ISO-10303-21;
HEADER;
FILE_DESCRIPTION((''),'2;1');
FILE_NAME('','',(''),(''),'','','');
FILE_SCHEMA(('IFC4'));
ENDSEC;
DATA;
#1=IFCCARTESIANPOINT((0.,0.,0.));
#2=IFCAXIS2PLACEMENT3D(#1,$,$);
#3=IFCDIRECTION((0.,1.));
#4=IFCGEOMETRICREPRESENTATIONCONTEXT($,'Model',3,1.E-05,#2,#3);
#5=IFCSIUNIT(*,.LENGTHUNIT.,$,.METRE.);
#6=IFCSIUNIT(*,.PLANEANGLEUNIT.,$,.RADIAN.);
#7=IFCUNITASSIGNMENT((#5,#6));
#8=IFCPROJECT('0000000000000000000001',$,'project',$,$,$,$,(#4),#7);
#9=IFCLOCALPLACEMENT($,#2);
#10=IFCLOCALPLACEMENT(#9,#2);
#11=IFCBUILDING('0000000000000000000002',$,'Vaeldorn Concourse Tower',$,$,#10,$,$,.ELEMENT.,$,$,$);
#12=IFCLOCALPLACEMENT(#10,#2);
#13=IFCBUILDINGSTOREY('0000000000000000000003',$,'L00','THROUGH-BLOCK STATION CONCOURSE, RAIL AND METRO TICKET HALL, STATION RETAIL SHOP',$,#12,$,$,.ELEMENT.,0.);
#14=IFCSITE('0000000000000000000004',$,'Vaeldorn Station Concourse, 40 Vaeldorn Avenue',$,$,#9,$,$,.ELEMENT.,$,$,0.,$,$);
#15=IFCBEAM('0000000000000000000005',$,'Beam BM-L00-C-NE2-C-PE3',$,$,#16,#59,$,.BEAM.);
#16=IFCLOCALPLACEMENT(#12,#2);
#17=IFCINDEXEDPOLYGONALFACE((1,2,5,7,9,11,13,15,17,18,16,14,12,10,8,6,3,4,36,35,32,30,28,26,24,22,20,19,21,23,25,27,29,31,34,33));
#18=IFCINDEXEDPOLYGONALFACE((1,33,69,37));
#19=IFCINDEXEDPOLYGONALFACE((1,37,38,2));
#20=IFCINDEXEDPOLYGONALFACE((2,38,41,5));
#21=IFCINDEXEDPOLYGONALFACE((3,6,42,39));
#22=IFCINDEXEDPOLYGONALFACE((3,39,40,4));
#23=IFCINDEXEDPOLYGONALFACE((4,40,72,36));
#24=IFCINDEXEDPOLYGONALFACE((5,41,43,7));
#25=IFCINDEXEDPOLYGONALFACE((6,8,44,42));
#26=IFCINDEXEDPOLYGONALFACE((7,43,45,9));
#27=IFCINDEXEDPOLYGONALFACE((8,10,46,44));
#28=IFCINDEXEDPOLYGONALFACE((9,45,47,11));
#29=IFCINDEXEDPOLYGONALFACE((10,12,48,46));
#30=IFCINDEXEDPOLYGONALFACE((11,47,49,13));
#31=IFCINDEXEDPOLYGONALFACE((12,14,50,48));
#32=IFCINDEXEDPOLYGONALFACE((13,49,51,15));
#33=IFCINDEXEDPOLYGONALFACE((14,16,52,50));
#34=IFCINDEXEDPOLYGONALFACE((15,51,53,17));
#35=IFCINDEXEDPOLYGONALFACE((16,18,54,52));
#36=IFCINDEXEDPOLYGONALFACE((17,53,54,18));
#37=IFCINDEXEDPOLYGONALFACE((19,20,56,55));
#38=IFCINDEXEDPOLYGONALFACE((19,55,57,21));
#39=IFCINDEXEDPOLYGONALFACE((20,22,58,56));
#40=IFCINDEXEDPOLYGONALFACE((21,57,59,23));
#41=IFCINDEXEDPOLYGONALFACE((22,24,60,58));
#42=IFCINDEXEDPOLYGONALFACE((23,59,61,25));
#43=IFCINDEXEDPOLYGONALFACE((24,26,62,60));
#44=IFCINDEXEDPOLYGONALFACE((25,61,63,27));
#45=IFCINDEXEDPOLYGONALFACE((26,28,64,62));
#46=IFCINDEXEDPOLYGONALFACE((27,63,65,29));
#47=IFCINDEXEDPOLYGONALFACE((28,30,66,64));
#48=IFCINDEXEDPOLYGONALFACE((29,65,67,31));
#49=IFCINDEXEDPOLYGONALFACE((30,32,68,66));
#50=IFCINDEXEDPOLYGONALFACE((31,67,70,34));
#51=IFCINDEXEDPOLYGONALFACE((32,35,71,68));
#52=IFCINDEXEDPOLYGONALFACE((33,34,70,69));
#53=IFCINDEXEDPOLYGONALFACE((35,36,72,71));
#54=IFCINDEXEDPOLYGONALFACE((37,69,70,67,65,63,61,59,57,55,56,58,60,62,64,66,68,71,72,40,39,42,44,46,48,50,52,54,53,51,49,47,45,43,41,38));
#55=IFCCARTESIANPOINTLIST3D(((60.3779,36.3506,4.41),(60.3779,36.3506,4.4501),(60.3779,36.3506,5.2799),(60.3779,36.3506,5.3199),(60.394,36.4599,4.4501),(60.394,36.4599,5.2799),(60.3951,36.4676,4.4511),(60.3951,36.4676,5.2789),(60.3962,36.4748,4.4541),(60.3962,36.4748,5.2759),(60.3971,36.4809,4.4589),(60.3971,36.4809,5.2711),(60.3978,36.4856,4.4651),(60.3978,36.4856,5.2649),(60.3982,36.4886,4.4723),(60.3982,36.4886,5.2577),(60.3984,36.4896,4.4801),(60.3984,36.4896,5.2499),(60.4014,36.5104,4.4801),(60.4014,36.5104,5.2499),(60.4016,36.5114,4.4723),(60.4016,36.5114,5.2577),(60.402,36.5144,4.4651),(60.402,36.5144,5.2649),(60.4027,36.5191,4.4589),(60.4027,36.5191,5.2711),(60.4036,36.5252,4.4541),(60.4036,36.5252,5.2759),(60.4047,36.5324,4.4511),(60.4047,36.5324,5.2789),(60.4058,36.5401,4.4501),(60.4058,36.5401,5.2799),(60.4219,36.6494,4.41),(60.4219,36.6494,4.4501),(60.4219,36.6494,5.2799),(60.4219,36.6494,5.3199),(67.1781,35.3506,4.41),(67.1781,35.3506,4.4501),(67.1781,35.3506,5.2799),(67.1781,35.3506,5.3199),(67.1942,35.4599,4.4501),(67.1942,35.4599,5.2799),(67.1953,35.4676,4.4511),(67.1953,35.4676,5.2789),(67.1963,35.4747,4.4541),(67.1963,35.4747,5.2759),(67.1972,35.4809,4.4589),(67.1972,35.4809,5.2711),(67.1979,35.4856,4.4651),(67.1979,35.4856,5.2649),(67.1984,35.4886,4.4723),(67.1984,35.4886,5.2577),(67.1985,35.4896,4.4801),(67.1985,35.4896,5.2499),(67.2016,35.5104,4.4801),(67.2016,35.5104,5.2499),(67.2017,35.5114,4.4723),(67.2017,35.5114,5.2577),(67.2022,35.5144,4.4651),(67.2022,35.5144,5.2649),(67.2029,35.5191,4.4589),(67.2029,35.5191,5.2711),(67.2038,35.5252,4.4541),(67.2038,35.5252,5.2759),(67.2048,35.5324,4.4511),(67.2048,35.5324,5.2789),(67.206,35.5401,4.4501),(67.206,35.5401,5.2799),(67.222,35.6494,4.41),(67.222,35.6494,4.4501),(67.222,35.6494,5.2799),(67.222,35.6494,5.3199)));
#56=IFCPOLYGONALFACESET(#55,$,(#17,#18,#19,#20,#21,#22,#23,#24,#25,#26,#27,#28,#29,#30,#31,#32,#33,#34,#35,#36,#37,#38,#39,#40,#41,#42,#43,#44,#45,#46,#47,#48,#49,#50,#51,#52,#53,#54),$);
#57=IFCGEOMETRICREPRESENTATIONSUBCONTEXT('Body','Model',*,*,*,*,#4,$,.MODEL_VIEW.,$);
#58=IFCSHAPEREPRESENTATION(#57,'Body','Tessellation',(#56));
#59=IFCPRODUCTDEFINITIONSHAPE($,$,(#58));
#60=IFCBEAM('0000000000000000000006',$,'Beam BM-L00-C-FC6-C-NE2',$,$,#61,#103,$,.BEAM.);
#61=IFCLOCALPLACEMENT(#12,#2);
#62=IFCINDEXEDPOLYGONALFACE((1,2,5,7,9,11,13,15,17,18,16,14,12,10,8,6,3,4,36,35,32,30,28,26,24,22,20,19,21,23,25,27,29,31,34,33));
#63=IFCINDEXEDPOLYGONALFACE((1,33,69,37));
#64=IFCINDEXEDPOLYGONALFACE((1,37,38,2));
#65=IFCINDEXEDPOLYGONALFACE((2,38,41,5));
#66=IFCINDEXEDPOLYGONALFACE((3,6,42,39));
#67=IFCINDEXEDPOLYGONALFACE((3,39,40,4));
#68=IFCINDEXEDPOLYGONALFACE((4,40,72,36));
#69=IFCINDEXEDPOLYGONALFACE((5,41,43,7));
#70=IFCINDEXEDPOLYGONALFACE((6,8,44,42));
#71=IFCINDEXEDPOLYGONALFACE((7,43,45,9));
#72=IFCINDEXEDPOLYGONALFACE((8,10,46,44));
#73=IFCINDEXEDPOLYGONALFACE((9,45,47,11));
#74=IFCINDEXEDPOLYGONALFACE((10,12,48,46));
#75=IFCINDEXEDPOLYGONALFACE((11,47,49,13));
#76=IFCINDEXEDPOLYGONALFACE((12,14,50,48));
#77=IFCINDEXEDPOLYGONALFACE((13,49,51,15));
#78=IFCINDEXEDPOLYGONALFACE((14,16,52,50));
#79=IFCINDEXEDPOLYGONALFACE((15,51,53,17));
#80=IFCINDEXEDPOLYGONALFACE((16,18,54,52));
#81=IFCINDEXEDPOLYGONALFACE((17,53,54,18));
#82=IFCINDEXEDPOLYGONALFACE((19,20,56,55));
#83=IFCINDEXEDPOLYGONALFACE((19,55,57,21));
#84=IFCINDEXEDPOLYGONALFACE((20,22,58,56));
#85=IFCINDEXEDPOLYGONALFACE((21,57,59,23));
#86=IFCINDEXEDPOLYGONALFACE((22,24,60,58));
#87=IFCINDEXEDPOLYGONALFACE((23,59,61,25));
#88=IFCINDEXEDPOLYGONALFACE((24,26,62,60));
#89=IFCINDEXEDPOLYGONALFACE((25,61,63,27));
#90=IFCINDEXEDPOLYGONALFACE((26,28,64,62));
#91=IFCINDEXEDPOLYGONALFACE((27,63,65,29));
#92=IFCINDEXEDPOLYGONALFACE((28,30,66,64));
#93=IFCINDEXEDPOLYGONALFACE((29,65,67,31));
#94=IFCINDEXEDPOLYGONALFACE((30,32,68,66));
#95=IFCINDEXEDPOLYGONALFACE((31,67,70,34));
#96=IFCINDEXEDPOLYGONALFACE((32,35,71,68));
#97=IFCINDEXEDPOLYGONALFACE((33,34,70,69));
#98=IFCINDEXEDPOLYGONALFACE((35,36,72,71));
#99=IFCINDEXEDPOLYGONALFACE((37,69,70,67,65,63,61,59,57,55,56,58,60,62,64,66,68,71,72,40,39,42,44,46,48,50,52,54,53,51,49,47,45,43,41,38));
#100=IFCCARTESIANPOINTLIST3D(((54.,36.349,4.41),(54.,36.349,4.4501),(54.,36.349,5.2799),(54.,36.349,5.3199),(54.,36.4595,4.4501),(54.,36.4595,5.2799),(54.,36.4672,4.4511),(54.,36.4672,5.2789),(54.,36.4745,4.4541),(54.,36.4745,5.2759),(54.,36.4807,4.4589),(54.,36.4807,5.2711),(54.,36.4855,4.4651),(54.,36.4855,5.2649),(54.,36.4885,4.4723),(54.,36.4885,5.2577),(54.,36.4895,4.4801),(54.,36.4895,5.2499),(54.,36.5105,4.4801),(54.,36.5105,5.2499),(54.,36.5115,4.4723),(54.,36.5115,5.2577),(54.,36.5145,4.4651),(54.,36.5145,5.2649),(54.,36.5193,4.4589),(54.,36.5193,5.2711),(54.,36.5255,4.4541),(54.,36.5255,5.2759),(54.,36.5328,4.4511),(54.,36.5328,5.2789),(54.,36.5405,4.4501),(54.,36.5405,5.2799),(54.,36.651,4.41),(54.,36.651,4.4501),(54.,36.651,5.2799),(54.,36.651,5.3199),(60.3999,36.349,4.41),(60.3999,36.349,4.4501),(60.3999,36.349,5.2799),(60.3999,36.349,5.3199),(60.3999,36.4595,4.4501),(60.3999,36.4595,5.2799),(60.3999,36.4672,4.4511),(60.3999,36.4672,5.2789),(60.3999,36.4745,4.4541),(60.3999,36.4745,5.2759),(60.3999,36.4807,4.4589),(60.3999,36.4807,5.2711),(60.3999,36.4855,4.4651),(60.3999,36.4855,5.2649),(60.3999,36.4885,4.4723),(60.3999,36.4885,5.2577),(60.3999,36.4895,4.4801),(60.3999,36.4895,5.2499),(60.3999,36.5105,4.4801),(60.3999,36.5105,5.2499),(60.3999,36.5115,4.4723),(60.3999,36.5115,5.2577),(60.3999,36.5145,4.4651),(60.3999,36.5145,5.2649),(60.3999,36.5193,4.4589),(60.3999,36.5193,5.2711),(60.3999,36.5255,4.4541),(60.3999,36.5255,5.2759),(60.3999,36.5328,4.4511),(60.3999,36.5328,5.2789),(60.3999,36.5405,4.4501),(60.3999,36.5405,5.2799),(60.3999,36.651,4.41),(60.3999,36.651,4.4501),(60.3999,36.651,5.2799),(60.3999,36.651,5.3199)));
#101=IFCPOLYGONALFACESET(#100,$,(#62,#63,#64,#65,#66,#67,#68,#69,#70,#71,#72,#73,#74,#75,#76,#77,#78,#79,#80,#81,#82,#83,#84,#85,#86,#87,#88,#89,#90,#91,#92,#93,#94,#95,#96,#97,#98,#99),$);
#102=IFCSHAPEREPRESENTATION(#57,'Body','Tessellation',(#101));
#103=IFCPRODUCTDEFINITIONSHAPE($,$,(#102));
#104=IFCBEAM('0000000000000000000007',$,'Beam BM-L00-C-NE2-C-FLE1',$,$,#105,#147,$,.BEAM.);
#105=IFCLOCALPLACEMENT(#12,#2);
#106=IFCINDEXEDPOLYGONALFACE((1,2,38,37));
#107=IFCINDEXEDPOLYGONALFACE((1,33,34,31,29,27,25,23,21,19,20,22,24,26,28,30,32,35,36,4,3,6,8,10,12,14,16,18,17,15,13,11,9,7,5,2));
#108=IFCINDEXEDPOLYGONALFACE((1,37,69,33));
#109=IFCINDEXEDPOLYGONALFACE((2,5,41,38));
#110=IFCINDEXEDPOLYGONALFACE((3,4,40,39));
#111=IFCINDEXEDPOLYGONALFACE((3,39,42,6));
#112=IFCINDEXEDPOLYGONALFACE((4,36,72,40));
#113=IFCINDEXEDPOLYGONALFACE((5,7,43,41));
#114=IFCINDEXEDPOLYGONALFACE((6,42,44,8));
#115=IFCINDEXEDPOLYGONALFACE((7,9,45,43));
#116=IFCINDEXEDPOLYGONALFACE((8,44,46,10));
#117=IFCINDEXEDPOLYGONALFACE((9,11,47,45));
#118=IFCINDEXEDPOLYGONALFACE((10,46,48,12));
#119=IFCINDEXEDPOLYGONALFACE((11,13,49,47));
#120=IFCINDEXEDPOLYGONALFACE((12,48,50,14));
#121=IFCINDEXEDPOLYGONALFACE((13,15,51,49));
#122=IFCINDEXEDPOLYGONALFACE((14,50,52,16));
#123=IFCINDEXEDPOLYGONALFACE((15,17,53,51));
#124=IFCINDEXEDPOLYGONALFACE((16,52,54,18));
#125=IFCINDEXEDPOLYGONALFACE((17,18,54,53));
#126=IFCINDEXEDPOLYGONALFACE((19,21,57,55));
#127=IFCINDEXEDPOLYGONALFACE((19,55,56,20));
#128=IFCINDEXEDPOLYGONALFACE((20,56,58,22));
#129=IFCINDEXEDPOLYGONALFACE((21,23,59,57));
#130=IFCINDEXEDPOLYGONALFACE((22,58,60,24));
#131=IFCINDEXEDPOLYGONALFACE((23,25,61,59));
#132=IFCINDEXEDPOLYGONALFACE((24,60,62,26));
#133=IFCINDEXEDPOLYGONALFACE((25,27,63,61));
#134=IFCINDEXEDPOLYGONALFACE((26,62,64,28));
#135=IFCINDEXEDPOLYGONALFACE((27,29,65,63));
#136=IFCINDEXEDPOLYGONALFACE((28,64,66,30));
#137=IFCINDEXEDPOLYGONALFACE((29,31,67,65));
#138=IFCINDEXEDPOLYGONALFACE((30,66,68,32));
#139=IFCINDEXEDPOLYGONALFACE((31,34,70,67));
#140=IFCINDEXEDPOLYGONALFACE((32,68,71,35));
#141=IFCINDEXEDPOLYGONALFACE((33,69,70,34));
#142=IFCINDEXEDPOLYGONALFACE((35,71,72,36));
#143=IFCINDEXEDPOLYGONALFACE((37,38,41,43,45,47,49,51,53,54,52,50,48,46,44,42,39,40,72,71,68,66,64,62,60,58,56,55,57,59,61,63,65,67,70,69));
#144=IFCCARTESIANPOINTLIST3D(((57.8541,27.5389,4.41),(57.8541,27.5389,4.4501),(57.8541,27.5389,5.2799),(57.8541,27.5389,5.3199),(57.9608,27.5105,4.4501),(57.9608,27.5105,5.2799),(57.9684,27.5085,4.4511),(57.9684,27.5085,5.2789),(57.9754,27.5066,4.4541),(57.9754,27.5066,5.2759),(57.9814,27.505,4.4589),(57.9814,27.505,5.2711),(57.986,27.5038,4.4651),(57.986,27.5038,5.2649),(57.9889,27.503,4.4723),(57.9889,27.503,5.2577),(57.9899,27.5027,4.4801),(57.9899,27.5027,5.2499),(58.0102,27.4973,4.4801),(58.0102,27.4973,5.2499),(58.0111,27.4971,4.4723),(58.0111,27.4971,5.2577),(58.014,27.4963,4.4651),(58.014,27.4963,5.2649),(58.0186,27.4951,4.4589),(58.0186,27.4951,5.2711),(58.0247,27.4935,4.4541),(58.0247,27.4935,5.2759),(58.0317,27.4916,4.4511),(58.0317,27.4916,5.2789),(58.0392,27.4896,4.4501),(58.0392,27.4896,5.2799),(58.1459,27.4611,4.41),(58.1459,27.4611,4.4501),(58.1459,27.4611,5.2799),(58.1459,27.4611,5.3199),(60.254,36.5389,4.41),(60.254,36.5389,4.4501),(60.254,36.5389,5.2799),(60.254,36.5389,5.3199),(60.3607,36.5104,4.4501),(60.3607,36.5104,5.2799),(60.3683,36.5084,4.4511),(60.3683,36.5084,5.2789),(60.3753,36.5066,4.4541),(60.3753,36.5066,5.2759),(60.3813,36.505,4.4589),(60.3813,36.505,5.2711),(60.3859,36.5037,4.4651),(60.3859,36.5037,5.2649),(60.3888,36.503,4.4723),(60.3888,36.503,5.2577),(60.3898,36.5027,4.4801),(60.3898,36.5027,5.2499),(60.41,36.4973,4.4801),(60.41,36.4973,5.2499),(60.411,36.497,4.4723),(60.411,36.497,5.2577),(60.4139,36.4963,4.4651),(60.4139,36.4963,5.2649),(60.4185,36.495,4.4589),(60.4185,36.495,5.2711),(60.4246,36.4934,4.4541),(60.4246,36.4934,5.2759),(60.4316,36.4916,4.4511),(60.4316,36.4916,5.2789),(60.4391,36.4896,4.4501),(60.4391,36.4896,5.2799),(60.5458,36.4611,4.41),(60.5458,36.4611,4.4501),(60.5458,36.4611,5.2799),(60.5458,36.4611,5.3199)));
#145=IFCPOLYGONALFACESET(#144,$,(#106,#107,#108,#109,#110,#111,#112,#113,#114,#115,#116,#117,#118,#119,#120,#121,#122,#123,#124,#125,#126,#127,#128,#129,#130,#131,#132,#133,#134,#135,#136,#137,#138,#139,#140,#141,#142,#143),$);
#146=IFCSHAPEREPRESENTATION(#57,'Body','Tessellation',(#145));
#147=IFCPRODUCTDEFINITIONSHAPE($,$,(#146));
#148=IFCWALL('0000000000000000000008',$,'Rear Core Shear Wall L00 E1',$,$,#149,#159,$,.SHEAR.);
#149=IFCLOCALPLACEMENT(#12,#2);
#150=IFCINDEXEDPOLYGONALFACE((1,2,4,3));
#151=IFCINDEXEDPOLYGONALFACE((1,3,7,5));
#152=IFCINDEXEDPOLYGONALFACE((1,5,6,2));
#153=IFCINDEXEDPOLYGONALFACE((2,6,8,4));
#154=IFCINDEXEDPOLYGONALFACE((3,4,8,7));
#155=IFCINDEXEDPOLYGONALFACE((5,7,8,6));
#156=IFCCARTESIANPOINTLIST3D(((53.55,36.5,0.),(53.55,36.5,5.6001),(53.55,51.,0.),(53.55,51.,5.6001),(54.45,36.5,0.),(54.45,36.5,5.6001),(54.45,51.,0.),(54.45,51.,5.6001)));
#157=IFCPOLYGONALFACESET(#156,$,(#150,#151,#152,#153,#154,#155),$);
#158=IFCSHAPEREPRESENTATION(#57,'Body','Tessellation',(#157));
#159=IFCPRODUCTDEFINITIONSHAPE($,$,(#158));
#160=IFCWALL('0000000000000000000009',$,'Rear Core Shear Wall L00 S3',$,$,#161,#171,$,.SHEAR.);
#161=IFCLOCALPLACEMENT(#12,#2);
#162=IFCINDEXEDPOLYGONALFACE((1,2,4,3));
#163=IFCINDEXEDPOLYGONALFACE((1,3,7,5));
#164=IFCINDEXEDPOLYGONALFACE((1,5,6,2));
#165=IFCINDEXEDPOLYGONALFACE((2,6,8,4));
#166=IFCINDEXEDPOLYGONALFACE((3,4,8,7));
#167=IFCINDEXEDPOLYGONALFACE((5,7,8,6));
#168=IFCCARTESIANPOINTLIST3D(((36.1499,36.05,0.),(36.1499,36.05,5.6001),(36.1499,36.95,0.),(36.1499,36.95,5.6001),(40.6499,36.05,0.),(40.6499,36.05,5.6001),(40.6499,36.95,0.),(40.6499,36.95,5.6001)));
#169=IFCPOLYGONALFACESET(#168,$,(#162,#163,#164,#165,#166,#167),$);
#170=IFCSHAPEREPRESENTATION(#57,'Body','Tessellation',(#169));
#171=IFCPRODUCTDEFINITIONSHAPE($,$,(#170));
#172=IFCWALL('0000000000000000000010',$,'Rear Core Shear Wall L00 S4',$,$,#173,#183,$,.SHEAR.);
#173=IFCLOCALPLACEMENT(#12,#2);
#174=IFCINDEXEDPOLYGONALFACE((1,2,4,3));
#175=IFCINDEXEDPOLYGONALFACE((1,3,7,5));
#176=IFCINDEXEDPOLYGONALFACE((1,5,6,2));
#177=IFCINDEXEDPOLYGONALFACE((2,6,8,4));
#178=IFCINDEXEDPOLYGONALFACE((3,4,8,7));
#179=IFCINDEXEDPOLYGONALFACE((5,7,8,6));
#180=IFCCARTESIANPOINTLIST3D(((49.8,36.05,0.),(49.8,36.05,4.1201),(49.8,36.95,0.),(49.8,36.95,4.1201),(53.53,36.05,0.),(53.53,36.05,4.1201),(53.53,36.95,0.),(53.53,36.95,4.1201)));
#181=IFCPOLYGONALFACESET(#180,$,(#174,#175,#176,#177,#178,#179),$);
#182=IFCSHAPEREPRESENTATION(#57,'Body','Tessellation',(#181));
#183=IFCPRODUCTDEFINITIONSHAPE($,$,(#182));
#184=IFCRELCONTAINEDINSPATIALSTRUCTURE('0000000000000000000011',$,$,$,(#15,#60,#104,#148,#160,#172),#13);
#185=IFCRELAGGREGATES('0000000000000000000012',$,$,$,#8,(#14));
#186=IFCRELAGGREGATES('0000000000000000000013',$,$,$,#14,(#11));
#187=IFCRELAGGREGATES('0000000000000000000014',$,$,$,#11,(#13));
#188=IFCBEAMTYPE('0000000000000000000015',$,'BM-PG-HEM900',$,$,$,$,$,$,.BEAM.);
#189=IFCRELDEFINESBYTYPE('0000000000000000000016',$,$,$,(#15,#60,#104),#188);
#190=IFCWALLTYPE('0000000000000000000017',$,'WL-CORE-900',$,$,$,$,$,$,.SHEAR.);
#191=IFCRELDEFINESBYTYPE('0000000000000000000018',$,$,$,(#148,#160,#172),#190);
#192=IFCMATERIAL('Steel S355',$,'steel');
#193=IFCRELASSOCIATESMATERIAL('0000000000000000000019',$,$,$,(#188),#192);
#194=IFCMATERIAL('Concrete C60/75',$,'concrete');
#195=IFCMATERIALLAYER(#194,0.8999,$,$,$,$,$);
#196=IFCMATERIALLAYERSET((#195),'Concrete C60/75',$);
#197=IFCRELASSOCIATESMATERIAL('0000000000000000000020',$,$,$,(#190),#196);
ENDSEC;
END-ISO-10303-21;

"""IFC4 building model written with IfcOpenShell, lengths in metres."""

from ifc_helpers import new_model, si_unit, direction, frame, frame_2d, origin, origin_2d, place, context, subcontext, project, spatial, rectangle, i_section, extrude, source, transform, mapped, material, layer, layer_set, material_profile, profile_set, type_object, element, save


model = new_model("IFC4")

# Units and contexts
model_context = context("Model", 3, precision=1e-05, world=origin(), true_north=direction((0.0, 1.0)))
body_context = subcontext(model_context, "Body", "Model", "MODEL_VIEW")
ifc_project = project(units=[si_unit("LENGTHUNIT", "METRE"), si_unit("PLANEANGLEUNIT", "RADIAN")], contexts=[model_context])

# Site, building, storey
site_placement = place(None, origin())
site = spatial("IfcSite", under=ifc_project, at=site_placement, Name="Vaeldorn Station Concourse, 40 Vaeldorn Avenue", CompositionType="ELEMENT", RefElevation=0.0)
building_placement = place(site_placement, origin())
building = spatial("IfcBuilding", under=site, at=building_placement, Name="Vaeldorn Concourse Tower", CompositionType="ELEMENT")
storey_placement = place(building_placement, origin())
storey = spatial("IfcBuildingStorey", under=building, at=storey_placement, Name="L00", Description="THROUGH-BLOCK STATION CONCOURSE, RAIL AND METRO TICKET HALL, STATION RETAIL SHOP", CompositionType="ELEMENT", Elevation=0.0)

# Shared definitions
ifc_material_1 = material(Name="Concrete C60/75", Category="concrete")

# Beams
ifc_material_2 = material(Name="Steel S355", Category="steel")
ifc_material_profile_1 = material_profile(ifc_material_2, i_section(OverallWidth=0.302, OverallDepth=0.9099, WebThickness=0.021, FlangeThickness=0.04, FilletRadius=0.03, at=origin_2d()), Name="HEM 900")
ifc_profile_set_1 = profile_set([ifc_material_profile_1], Name="Steel S355")
beam_type_1 = type_object("IfcBeamType", Name="BM-PG-HEM900", PredefinedType="BEAM", material=ifc_profile_set_1)
shared_shape_1 = source(origin(), body_context, "Body", "SweptSolid", [
    extrude(i_section(OverallWidth=0.302, OverallDepth=0.9099, WebThickness=0.021, FlangeThickness=0.04, FilletRadius=0.03, at=origin_2d()), origin(), (0.0, 0.0, 1.0), 6.8733),
])
beam_1_placement = place(storey_placement, frame((60.3999, 36.5, 4.865), z_axis=(0.989359, -0.145493, 0.0), x_axis=(0.145493, 0.989359, 0.0)))
element("IfcBeam", 1, at=beam_1_placement, inside=storey, type_object=beam_type_1, Name="Beam BM-L00-C-NE2-C-PE3", PredefinedType="BEAM", context=body_context, shape_type="MappedRepresentation", body=[
    mapped(shared_shape_1, transform((0.0, 0.0, 0.0), scale=1.0)),
])
shared_shape_2 = source(origin(), body_context, "Body", "SweptSolid", [
    extrude(i_section(OverallWidth=0.302, OverallDepth=0.9099, WebThickness=0.021, FlangeThickness=0.04, FilletRadius=0.03, at=origin_2d()), origin(), (0.0, 0.0, 1.0), 6.3999),
])
beam_2_placement = place(storey_placement, frame((54.0, 36.5, 4.865), z_axis=(1.0, 0.0, 0.0), x_axis=(0.0, 1.0, 0.0)))
element("IfcBeam", 2, at=beam_2_placement, inside=storey, type_object=beam_type_1, Name="Beam BM-L00-C-FC6-C-NE2", PredefinedType="BEAM", context=body_context, shape_type="MappedRepresentation", body=[
    mapped(shared_shape_2, transform((0.0, 0.0, 0.0), scale=1.0)),
])
shared_shape_3 = source(origin(), body_context, "Body", "SweptSolid", [
    extrude(i_section(OverallWidth=0.302, OverallDepth=0.9099, WebThickness=0.021, FlangeThickness=0.04, FilletRadius=0.03, at=origin_2d()), origin(), (0.0, 0.0, 1.0), 9.3145),
])
beam_3_placement = place(storey_placement, frame((60.3999, 36.5, 4.865), z_axis=(-0.257653, -0.966238, 0.0), x_axis=(0.966238, -0.257653, 0.0)))
element("IfcBeam", 3, at=beam_3_placement, inside=storey, type_object=beam_type_1, Name="Beam BM-L00-C-NE2-C-FLE1", PredefinedType="BEAM", context=body_context, shape_type="MappedRepresentation", body=[
    mapped(shared_shape_3, transform((0.0, 0.0, 0.0), scale=1.0)),
])

# Walls
ifc_layer_1 = layer(ifc_material_1, 0.8999)
ifc_layer_set_1 = layer_set([ifc_layer_1], Name="Concrete C60/75")
wall_type_1 = type_object("IfcWallType", Name="WL-CORE-900", PredefinedType="SHEAR", material=ifc_layer_set_1)
wall_1_placement = place(storey_placement, frame((54.0, 36.5, 0.0), z_axis=(0.0, 0.0, 1.0), x_axis=(0.0, 1.0, 0.0)))
element("IfcWall", 4, at=wall_1_placement, inside=storey, type_object=wall_type_1, Name="Rear Core Shear Wall L00 E1", PredefinedType="SHEAR", context=body_context, shape_type="SweptSolid", body=[
    extrude(rectangle(XDim=14.5, YDim=0.8999, at=frame_2d((7.25, 0.0))), origin(), (0.0, 0.0, 1.0), 5.6001),
])
wall_2_placement = place(storey_placement, frame((36.1499, 36.5, 0.0), z_axis=(0.0, 0.0, 1.0), x_axis=(1.0, 0.0, 0.0)))
element("IfcWall", 5, at=wall_2_placement, inside=storey, type_object=wall_type_1, Name="Rear Core Shear Wall L00 S3", PredefinedType="SHEAR", context=body_context, shape_type="SweptSolid", body=[
    extrude(rectangle(XDim=4.5, YDim=0.8999, at=frame_2d((2.25, 0.0))), origin(), (0.0, 0.0, 1.0), 5.6001),
])
wall_3_placement = place(storey_placement, frame((49.8, 36.5, 0.0), z_axis=(0.0, 0.0, 1.0), x_axis=(1.0, 0.0, 0.0)))
element("IfcWall", 6, at=wall_3_placement, inside=storey, type_object=wall_type_1, Name="Rear Core Shear Wall L00 S4", PredefinedType="SHEAR", context=body_context, shape_type="SweptSolid", body=[
    extrude(rectangle(XDim=3.73, YDim=0.8999, at=frame_2d((1.865, 0.0))), origin(), (0.0, 0.0, 1.0), 4.1201),
])

save(model, "model.ifc")
